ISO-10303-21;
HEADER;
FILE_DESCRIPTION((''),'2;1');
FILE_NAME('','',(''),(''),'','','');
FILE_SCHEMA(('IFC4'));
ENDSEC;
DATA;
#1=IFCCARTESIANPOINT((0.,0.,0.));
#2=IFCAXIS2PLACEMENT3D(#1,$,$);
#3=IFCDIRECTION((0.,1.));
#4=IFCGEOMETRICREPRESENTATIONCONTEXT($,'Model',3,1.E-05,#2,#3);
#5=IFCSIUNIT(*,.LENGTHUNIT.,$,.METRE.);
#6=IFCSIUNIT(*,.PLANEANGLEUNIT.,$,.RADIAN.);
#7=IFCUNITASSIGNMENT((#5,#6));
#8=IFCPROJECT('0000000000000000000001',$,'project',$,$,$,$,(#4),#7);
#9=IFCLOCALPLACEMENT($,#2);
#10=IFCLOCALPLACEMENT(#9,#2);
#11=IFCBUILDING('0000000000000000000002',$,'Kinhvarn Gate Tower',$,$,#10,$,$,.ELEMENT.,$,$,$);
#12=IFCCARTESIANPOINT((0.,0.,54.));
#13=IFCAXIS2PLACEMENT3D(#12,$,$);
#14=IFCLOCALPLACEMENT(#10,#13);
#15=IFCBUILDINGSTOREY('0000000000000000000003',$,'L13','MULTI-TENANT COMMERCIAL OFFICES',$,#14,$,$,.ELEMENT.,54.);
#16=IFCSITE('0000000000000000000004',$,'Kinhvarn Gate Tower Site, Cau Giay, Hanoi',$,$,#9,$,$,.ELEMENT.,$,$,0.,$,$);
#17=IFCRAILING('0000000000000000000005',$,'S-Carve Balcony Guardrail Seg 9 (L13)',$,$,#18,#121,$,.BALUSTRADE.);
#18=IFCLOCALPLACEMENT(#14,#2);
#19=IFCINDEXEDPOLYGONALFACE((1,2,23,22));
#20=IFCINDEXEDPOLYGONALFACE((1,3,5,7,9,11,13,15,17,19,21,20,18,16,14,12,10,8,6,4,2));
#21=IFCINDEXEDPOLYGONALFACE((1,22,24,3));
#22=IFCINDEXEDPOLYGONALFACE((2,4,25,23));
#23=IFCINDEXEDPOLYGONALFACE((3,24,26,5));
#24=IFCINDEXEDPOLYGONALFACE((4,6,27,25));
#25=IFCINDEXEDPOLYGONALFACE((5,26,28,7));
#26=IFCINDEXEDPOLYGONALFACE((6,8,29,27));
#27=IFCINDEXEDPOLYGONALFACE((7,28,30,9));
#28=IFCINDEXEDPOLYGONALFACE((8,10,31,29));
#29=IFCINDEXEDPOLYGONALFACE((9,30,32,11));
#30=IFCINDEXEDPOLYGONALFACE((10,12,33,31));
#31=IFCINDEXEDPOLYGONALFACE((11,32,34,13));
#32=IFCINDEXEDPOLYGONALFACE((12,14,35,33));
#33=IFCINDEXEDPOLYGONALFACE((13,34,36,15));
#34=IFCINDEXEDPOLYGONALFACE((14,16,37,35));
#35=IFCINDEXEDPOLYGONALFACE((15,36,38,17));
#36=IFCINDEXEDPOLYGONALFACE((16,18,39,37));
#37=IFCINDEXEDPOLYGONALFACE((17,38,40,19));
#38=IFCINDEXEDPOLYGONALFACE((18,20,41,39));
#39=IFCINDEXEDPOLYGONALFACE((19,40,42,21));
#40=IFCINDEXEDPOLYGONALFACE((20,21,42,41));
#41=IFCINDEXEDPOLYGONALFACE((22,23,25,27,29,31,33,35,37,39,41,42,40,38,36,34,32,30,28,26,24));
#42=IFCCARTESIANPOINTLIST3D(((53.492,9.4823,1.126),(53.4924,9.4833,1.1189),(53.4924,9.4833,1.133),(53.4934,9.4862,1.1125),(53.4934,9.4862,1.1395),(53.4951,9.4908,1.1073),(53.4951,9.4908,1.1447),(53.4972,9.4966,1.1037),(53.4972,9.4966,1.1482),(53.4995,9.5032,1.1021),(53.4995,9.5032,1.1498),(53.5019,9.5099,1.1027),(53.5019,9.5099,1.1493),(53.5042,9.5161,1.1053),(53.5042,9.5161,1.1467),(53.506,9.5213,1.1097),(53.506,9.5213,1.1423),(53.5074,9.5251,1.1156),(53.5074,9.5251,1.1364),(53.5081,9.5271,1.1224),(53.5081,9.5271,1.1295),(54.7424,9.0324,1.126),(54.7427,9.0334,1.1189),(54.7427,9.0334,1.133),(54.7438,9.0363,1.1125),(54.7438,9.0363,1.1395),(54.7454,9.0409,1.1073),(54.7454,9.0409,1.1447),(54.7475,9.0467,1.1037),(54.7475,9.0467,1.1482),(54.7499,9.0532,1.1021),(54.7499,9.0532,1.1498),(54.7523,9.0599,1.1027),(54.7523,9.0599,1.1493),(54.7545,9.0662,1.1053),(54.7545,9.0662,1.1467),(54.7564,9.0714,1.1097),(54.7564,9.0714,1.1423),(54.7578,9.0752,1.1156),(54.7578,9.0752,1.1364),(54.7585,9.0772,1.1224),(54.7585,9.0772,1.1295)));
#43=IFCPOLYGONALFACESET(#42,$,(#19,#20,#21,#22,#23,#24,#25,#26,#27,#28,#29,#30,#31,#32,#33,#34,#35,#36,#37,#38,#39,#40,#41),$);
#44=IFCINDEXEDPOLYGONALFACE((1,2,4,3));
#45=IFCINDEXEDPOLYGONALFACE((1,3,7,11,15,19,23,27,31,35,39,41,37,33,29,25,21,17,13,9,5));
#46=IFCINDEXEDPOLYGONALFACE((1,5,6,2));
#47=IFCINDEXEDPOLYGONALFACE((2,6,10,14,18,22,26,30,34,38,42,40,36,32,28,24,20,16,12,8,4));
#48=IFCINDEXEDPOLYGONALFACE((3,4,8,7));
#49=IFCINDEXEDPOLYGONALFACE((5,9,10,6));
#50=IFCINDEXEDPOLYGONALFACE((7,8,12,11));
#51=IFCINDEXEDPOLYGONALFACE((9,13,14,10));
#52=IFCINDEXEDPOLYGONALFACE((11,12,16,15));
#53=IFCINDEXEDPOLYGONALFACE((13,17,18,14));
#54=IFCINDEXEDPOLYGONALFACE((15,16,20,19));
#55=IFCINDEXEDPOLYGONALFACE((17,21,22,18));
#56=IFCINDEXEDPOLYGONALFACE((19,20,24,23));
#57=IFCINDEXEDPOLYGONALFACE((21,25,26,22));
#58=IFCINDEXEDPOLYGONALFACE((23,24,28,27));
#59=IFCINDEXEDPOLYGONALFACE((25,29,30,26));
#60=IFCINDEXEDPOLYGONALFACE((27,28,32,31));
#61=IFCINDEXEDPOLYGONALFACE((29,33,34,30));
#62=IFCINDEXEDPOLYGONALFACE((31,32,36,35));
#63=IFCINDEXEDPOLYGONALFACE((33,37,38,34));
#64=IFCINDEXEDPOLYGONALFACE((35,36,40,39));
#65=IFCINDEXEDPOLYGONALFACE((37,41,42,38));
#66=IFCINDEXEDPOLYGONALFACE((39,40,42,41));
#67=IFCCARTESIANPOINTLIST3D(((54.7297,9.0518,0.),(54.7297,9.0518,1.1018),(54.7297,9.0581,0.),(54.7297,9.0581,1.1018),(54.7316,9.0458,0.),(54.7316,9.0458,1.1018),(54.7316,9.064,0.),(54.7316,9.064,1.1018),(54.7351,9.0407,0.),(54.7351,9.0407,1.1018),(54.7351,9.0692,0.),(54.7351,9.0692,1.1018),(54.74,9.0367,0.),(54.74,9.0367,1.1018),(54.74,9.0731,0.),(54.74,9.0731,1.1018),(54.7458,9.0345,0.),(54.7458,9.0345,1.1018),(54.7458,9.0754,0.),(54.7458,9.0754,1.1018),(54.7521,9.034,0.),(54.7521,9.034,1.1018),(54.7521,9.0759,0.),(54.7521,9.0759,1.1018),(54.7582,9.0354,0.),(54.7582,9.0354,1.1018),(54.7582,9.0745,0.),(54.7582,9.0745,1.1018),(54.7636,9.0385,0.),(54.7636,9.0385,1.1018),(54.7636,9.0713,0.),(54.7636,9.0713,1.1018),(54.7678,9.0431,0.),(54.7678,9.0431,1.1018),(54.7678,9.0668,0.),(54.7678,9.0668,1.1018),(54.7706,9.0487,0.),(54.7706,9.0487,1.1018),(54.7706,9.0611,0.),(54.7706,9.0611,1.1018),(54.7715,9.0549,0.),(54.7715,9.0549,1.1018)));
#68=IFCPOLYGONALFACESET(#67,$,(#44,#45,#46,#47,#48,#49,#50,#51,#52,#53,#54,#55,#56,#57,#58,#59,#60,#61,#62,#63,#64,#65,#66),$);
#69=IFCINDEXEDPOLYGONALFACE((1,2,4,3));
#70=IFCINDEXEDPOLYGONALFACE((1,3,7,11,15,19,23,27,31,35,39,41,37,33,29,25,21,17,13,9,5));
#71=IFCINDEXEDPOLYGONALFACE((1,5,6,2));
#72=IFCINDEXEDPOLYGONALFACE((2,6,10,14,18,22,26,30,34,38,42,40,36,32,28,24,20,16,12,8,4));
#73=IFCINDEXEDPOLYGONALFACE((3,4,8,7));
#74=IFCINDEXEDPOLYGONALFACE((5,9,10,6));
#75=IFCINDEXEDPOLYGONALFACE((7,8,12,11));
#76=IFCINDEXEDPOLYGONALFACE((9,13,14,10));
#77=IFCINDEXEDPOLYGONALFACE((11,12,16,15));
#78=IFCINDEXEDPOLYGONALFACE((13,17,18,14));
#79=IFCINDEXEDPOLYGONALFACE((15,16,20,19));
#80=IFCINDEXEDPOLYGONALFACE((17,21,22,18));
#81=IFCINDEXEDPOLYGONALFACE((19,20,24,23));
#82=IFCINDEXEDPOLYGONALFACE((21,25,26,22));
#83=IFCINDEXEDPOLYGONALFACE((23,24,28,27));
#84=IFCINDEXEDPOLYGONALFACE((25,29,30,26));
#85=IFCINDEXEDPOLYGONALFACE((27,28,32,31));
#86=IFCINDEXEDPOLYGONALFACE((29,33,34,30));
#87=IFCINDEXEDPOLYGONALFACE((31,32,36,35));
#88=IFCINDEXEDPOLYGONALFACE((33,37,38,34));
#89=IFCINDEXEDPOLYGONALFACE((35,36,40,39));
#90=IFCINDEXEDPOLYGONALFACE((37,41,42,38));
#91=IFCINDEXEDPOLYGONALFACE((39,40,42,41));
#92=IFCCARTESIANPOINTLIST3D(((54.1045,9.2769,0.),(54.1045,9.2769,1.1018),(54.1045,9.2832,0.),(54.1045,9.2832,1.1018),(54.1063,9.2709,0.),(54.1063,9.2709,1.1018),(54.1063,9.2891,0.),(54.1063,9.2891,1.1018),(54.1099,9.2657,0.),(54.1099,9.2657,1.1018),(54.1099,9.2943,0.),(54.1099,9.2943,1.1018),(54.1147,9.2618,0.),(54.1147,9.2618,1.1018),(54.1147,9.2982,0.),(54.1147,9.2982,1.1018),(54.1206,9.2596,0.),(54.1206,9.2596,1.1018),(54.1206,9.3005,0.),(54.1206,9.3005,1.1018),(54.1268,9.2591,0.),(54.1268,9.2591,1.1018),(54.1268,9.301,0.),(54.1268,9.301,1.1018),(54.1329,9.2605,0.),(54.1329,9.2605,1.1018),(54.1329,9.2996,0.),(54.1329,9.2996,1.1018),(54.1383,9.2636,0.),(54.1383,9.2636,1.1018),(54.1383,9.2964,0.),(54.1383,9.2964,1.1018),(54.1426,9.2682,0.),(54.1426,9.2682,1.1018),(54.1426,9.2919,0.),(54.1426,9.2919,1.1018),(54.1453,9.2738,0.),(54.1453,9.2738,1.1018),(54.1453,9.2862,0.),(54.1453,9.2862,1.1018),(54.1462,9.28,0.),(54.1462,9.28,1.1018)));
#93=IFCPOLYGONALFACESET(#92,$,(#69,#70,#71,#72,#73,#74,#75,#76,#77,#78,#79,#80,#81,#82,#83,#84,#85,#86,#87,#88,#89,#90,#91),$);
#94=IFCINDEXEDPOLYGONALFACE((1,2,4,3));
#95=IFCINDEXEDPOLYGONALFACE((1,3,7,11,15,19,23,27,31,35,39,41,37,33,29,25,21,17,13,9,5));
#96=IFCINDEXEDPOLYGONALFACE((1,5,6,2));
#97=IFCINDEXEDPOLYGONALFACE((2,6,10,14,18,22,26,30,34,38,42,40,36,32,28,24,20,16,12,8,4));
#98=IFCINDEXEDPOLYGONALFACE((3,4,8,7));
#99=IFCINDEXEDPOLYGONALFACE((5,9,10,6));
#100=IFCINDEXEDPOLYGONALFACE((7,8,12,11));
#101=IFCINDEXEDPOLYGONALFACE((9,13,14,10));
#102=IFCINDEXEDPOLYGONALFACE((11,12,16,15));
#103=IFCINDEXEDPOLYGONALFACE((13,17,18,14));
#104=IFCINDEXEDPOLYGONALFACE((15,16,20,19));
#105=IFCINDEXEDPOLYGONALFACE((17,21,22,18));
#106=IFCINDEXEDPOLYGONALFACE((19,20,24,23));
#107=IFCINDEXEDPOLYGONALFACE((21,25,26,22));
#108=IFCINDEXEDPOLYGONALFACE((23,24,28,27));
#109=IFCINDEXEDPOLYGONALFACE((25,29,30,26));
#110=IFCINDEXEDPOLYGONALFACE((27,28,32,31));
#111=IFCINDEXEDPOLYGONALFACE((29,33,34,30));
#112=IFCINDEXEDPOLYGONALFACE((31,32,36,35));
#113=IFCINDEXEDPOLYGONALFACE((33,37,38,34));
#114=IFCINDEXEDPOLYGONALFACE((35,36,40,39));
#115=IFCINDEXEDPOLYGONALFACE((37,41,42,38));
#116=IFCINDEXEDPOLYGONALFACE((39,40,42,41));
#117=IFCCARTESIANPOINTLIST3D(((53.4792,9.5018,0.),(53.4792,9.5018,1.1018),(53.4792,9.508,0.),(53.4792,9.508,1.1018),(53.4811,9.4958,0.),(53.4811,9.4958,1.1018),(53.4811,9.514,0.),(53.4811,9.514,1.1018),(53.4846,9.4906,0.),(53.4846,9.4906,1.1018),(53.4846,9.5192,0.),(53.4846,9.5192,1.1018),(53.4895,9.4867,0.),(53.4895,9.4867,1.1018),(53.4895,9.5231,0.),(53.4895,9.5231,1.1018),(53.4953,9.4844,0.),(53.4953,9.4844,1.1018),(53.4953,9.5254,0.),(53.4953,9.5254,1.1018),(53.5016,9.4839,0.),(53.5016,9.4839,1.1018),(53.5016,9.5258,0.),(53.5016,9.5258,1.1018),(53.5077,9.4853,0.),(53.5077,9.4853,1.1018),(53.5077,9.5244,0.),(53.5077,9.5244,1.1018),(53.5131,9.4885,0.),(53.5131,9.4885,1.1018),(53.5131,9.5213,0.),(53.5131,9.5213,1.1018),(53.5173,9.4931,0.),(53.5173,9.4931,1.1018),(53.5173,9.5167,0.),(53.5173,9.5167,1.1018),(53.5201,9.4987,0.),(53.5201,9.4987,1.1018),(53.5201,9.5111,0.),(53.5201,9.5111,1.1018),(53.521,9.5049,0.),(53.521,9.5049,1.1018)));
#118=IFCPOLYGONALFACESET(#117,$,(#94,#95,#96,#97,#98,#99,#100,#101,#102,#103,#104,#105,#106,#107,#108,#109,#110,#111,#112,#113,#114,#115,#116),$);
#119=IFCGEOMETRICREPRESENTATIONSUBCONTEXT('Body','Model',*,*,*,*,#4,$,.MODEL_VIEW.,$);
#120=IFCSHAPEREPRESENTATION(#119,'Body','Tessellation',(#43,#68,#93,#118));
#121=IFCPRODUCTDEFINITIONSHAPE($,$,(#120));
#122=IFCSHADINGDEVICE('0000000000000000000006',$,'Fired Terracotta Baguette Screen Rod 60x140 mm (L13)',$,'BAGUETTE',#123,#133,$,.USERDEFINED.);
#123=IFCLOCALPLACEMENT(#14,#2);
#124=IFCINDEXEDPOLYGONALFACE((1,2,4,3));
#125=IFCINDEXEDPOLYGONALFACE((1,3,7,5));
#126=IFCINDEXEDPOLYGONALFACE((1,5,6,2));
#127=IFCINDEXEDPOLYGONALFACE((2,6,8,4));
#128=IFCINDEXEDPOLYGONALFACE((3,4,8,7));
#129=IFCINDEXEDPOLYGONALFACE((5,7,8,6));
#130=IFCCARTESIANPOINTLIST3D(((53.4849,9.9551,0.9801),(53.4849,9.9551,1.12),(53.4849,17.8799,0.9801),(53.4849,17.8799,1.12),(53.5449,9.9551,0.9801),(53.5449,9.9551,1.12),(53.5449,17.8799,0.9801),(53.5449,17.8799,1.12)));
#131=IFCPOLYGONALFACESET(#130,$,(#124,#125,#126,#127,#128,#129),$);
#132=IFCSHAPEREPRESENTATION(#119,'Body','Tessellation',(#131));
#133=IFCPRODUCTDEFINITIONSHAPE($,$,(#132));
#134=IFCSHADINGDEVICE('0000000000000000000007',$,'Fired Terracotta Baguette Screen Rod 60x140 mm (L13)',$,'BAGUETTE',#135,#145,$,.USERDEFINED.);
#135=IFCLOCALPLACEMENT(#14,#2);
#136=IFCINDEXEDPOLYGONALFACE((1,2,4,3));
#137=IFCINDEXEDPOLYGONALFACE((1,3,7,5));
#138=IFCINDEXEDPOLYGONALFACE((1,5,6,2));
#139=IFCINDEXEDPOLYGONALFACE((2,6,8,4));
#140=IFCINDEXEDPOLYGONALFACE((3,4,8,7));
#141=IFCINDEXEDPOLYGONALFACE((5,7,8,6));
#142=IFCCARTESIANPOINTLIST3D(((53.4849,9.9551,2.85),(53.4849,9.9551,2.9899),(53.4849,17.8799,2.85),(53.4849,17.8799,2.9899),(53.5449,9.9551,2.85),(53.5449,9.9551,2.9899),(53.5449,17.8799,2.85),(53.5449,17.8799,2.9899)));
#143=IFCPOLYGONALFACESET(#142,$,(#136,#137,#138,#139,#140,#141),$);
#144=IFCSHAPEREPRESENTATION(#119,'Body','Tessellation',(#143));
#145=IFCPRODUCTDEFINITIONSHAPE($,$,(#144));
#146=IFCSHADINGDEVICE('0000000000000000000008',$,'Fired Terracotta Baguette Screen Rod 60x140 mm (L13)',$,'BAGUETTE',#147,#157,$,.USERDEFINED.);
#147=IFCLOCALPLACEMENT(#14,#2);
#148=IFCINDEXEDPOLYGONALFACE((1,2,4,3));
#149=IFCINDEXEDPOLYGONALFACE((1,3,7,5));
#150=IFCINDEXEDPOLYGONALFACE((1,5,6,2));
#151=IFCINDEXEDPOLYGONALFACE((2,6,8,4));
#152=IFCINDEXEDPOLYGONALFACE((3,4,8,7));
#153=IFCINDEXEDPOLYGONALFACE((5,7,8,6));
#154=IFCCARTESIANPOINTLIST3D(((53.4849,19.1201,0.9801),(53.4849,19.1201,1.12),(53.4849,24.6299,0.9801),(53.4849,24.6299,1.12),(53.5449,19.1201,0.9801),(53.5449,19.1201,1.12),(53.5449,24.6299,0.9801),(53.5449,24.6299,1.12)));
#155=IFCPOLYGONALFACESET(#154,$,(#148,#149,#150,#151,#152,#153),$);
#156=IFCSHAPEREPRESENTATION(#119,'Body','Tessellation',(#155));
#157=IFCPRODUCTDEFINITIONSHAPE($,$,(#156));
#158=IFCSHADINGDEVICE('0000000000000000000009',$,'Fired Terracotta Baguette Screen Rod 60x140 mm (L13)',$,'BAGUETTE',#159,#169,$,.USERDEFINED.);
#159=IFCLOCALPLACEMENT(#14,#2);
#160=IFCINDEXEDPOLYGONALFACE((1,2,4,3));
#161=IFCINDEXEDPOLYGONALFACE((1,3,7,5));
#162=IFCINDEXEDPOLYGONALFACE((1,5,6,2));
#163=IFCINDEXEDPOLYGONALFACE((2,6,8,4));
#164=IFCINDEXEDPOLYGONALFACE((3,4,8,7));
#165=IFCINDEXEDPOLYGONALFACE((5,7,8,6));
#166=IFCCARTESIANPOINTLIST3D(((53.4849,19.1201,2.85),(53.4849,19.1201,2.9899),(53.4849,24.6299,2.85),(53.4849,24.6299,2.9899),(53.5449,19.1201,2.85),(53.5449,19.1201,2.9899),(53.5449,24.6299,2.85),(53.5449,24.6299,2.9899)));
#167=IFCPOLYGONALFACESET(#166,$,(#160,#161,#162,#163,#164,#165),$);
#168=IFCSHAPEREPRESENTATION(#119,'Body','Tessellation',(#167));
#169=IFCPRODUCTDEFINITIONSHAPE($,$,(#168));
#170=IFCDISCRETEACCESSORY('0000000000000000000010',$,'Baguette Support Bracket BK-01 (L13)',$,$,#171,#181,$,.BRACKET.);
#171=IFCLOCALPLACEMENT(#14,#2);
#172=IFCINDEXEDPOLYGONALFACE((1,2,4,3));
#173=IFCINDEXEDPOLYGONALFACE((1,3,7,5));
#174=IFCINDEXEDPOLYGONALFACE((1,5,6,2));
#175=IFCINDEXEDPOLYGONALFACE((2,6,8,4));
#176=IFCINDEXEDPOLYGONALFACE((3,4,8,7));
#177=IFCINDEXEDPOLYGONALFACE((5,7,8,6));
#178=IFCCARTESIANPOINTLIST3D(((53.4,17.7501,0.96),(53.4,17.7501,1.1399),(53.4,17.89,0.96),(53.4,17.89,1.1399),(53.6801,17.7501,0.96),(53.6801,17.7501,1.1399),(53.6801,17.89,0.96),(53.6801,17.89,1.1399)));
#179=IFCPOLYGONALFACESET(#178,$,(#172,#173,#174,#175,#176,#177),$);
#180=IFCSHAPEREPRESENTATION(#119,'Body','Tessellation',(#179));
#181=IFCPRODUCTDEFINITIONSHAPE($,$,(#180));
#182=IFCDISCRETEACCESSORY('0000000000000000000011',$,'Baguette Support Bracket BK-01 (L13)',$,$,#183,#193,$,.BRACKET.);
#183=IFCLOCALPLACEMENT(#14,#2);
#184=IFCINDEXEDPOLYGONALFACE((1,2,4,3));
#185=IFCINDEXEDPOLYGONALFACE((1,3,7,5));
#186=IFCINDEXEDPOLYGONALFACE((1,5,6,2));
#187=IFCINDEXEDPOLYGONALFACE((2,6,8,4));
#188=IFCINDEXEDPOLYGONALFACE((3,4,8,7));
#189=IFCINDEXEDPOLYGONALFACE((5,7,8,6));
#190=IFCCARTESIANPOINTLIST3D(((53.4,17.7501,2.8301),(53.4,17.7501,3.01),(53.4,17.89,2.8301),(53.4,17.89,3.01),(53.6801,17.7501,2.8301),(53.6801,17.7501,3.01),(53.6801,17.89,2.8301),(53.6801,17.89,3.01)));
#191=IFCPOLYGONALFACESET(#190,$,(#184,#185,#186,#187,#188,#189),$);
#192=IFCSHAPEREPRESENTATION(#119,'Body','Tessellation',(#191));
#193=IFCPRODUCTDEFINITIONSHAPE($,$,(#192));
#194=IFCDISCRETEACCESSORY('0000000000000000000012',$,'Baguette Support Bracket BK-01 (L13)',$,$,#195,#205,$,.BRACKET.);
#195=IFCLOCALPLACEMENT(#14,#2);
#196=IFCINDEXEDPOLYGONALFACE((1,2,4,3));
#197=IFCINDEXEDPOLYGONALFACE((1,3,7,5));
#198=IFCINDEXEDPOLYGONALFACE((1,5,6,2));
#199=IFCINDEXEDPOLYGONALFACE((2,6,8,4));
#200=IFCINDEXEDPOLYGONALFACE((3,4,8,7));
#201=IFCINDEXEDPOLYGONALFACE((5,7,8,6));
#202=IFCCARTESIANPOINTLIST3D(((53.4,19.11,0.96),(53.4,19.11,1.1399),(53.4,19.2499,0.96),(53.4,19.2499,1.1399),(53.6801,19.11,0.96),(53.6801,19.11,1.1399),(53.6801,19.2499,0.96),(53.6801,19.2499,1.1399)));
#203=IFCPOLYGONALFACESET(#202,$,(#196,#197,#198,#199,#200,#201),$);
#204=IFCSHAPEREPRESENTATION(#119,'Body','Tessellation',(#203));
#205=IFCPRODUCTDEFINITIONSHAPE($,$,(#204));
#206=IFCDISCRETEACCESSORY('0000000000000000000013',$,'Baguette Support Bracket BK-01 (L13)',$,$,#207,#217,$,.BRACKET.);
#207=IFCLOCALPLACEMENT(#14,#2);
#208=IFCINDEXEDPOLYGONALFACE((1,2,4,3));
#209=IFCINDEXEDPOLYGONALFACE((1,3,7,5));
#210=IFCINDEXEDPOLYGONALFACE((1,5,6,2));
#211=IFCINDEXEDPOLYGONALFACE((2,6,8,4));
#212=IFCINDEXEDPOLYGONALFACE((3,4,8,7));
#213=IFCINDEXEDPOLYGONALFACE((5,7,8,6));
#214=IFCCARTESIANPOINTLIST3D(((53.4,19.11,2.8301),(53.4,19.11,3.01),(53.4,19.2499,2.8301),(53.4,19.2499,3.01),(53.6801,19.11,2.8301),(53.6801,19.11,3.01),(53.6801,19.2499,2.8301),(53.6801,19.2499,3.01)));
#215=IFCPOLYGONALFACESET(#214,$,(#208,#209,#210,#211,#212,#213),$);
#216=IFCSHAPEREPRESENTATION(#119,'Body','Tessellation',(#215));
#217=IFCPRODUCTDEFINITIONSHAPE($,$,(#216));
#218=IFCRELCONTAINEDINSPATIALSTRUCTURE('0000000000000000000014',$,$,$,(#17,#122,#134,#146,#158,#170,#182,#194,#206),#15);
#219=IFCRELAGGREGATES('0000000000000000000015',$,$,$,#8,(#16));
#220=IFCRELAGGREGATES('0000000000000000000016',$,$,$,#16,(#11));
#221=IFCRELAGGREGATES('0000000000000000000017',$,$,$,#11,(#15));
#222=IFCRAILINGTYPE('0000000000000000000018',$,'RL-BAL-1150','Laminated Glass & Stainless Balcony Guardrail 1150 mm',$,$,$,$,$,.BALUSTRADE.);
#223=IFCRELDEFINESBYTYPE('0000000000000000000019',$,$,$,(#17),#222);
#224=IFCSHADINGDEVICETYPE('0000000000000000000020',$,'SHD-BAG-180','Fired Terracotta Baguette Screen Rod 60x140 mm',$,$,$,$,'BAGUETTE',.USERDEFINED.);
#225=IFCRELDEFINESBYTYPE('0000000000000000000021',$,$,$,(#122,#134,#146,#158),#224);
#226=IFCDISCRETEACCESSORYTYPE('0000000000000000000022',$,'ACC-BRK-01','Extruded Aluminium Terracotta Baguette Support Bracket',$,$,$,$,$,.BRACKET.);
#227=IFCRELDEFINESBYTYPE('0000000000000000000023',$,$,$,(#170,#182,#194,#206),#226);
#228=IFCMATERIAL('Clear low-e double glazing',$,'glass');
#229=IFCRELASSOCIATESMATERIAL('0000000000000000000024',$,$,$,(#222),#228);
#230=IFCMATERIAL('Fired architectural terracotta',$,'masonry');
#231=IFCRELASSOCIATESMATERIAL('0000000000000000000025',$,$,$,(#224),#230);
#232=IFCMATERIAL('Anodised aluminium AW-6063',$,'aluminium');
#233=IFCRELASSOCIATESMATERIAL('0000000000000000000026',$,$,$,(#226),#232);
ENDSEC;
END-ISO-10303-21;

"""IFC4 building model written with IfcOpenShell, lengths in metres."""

from ifc_helpers import new_model, si_unit, direction, frame, origin, origin_2d, place, context, subcontext, project, spatial, rectangle, circle, extrude, material, material_profile, profile_set, type_object, element, save


model = new_model("IFC4")

# Units and contexts
model_context = context("Model", 3, precision=1e-05, world=origin(), true_north=direction((0.0, 1.0)))
body_context = subcontext(model_context, "Body", "Model", "MODEL_VIEW")
ifc_project = project(units=[si_unit("LENGTHUNIT", "METRE"), si_unit("PLANEANGLEUNIT", "RADIAN")], contexts=[model_context])

# Site, building, storey
site_placement = place(None, origin())
site = spatial("IfcSite", under=ifc_project, at=site_placement, Name="Kinhvarn Gate Tower Site, Cau Giay, Hanoi", CompositionType="ELEMENT", RefElevation=0.0)
building_placement = place(site_placement, origin())
building = spatial("IfcBuilding", under=site, at=building_placement, Name="Kinhvarn Gate Tower", CompositionType="ELEMENT")
storey_placement = place(building_placement, frame((0.0, 0.0, 54.0)))
storey = spatial("IfcBuildingStorey", under=building, at=storey_placement, Name="L13", Description="MULTI-TENANT COMMERCIAL OFFICES", CompositionType="ELEMENT", Elevation=54.0)

# Shared definitions
ifc_material_1 = material(Name="Anodised aluminium AW-6063", Category="aluminium")

# Shared definitions
ifc_material_2 = material(Name="Clear low-e double glazing", Category="glass")

# Railing
railing_type = type_object("IfcRailingType", Name="RL-BAL-1150", Description="Laminated Glass & Stainless Balcony Guardrail 1150 mm", PredefinedType="BALUSTRADE", material=ifc_material_2)
railing_placement = place(storey_placement, frame((54.7505, 9.0549, 0.0)))
element("IfcRailing", 1, at=railing_placement, inside=storey, type_object=railing_type, Name="S-Carve Balcony Guardrail Seg 9 (L13)", PredefinedType="BALUSTRADE", context=body_context, shape_type="SweptSolid", body=[
    extrude(circle(Radius=0.0239, at=origin_2d()), frame((0.0, 0.0, 1.126), z_axis=(-0.940941, 0.33857, 0.0), x_axis=(-0.33857, -0.940941, 0.0)), (0.0, 0.0, 1.0), 1.3289),
    extrude(circle(Radius=0.021, at=origin_2d()), origin(), (0.0, 0.0, 1.0), 1.1018),
    extrude(circle(Radius=0.021, at=origin_2d()), frame((-0.6252, 0.2251, 0.0)), (0.0, 0.0, 1.0), 1.1018),
    extrude(circle(Radius=0.021, at=origin_2d()), frame((-1.2505, 0.45, 0.0)), (0.0, 0.0, 1.0), 1.1018),
])

# Shading devices
ifc_material_3 = material(Name="Fired architectural terracotta", Category="masonry")
ifc_material_profile_1 = material_profile(ifc_material_3, rectangle(XDim=0.0601, YDim=0.1399, at=origin_2d()), Name="TC 60x140")
ifc_profile_set_1 = profile_set([ifc_material_profile_1], Name="Fired architectural terracotta")
shading_device_type = type_object("IfcShadingDeviceType", Name="SHD-BAG-180", Description="Fired Terracotta Baguette Screen Rod 60x140 mm", ElementType="BAGUETTE", PredefinedType="USERDEFINED", material=ifc_profile_set_1)
for number, where, z_axis, x_axis, name in (
    (2, (53.5149, 9.9551, 1.05), (0.0, 1.0, 0.0), (-1.0, 0.0, 0.0), "Fired Terracotta Baguette Screen Rod 60x140 mm (L13)"),
    (3, (53.5149, 9.9551, 2.9199), (0.0, 1.0, 0.0), (-1.0, 0.0, 0.0), "Fired Terracotta Baguette Screen Rod 60x140 mm (L13)"),
):
    element("IfcShadingDevice", number, at=place(storey_placement, frame(where, z_axis=z_axis, x_axis=x_axis)), inside=storey, type_object=shading_device_type, Name=name, ObjectType="BAGUETTE", PredefinedType="USERDEFINED", context=body_context, shape_type="SweptSolid", body=[
        extrude(rectangle(XDim=0.0601, YDim=0.1399, at=origin_2d()), origin(), (0.0, 0.0, 1.0), 7.9248),
    ])
for number, where, z_axis, x_axis, name in (
    (4, (53.5149, 19.1201, 1.05), (0.0, 1.0, 0.0), (-1.0, 0.0, 0.0), "Fired Terracotta Baguette Screen Rod 60x140 mm (L13)"),
    (5, (53.5149, 19.1201, 2.9199), (0.0, 1.0, 0.0), (-1.0, 0.0, 0.0), "Fired Terracotta Baguette Screen Rod 60x140 mm (L13)"),
):
    element("IfcShadingDevice", number, at=place(storey_placement, frame(where, z_axis=z_axis, x_axis=x_axis)), inside=storey, type_object=shading_device_type, Name=name, ObjectType="BAGUETTE", PredefinedType="USERDEFINED", context=body_context, shape_type="SweptSolid", body=[
        extrude(rectangle(XDim=0.0601, YDim=0.1399, at=origin_2d()), origin(), (0.0, 0.0, 1.0), 5.5098),
    ])

# Discrete accessories
discrete_accessory_type = type_object("IfcDiscreteAccessoryType", Name="ACC-BRK-01", Description="Extruded Aluminium Terracotta Baguette Support Bracket", PredefinedType="BRACKET", material=ifc_material_1)
for number, where, z_axis, x_axis, name in (
    (6, (53.54, 17.8201, 0.96), (0.0, 0.0, 1.0), (0.0, 1.0, 0.0), "Baguette Support Bracket BK-01 (L13)"),
    (7, (53.54, 17.8201, 2.8301), (0.0, 0.0, 1.0), (0.0, 1.0, 0.0), "Baguette Support Bracket BK-01 (L13)"),
    (8, (53.54, 19.1799, 0.96), (0.0, 0.0, 1.0), (0.0, 1.0, 0.0), "Baguette Support Bracket BK-01 (L13)"),
    (9, (53.54, 19.1799, 2.8301), (0.0, 0.0, 1.0), (0.0, 1.0, 0.0), "Baguette Support Bracket BK-01 (L13)"),
):
    element("IfcDiscreteAccessory", number, at=place(storey_placement, frame(where, z_axis=z_axis, x_axis=x_axis)), inside=storey, type_object=discrete_accessory_type, Name=name, PredefinedType="BRACKET", context=body_context, shape_type="SweptSolid", body=[
        extrude(rectangle(XDim=0.1399, YDim=0.28, at=origin_2d()), origin(), (0.0, 0.0, 1.0), 0.1799),
    ])

save(model, "model.ifc")
